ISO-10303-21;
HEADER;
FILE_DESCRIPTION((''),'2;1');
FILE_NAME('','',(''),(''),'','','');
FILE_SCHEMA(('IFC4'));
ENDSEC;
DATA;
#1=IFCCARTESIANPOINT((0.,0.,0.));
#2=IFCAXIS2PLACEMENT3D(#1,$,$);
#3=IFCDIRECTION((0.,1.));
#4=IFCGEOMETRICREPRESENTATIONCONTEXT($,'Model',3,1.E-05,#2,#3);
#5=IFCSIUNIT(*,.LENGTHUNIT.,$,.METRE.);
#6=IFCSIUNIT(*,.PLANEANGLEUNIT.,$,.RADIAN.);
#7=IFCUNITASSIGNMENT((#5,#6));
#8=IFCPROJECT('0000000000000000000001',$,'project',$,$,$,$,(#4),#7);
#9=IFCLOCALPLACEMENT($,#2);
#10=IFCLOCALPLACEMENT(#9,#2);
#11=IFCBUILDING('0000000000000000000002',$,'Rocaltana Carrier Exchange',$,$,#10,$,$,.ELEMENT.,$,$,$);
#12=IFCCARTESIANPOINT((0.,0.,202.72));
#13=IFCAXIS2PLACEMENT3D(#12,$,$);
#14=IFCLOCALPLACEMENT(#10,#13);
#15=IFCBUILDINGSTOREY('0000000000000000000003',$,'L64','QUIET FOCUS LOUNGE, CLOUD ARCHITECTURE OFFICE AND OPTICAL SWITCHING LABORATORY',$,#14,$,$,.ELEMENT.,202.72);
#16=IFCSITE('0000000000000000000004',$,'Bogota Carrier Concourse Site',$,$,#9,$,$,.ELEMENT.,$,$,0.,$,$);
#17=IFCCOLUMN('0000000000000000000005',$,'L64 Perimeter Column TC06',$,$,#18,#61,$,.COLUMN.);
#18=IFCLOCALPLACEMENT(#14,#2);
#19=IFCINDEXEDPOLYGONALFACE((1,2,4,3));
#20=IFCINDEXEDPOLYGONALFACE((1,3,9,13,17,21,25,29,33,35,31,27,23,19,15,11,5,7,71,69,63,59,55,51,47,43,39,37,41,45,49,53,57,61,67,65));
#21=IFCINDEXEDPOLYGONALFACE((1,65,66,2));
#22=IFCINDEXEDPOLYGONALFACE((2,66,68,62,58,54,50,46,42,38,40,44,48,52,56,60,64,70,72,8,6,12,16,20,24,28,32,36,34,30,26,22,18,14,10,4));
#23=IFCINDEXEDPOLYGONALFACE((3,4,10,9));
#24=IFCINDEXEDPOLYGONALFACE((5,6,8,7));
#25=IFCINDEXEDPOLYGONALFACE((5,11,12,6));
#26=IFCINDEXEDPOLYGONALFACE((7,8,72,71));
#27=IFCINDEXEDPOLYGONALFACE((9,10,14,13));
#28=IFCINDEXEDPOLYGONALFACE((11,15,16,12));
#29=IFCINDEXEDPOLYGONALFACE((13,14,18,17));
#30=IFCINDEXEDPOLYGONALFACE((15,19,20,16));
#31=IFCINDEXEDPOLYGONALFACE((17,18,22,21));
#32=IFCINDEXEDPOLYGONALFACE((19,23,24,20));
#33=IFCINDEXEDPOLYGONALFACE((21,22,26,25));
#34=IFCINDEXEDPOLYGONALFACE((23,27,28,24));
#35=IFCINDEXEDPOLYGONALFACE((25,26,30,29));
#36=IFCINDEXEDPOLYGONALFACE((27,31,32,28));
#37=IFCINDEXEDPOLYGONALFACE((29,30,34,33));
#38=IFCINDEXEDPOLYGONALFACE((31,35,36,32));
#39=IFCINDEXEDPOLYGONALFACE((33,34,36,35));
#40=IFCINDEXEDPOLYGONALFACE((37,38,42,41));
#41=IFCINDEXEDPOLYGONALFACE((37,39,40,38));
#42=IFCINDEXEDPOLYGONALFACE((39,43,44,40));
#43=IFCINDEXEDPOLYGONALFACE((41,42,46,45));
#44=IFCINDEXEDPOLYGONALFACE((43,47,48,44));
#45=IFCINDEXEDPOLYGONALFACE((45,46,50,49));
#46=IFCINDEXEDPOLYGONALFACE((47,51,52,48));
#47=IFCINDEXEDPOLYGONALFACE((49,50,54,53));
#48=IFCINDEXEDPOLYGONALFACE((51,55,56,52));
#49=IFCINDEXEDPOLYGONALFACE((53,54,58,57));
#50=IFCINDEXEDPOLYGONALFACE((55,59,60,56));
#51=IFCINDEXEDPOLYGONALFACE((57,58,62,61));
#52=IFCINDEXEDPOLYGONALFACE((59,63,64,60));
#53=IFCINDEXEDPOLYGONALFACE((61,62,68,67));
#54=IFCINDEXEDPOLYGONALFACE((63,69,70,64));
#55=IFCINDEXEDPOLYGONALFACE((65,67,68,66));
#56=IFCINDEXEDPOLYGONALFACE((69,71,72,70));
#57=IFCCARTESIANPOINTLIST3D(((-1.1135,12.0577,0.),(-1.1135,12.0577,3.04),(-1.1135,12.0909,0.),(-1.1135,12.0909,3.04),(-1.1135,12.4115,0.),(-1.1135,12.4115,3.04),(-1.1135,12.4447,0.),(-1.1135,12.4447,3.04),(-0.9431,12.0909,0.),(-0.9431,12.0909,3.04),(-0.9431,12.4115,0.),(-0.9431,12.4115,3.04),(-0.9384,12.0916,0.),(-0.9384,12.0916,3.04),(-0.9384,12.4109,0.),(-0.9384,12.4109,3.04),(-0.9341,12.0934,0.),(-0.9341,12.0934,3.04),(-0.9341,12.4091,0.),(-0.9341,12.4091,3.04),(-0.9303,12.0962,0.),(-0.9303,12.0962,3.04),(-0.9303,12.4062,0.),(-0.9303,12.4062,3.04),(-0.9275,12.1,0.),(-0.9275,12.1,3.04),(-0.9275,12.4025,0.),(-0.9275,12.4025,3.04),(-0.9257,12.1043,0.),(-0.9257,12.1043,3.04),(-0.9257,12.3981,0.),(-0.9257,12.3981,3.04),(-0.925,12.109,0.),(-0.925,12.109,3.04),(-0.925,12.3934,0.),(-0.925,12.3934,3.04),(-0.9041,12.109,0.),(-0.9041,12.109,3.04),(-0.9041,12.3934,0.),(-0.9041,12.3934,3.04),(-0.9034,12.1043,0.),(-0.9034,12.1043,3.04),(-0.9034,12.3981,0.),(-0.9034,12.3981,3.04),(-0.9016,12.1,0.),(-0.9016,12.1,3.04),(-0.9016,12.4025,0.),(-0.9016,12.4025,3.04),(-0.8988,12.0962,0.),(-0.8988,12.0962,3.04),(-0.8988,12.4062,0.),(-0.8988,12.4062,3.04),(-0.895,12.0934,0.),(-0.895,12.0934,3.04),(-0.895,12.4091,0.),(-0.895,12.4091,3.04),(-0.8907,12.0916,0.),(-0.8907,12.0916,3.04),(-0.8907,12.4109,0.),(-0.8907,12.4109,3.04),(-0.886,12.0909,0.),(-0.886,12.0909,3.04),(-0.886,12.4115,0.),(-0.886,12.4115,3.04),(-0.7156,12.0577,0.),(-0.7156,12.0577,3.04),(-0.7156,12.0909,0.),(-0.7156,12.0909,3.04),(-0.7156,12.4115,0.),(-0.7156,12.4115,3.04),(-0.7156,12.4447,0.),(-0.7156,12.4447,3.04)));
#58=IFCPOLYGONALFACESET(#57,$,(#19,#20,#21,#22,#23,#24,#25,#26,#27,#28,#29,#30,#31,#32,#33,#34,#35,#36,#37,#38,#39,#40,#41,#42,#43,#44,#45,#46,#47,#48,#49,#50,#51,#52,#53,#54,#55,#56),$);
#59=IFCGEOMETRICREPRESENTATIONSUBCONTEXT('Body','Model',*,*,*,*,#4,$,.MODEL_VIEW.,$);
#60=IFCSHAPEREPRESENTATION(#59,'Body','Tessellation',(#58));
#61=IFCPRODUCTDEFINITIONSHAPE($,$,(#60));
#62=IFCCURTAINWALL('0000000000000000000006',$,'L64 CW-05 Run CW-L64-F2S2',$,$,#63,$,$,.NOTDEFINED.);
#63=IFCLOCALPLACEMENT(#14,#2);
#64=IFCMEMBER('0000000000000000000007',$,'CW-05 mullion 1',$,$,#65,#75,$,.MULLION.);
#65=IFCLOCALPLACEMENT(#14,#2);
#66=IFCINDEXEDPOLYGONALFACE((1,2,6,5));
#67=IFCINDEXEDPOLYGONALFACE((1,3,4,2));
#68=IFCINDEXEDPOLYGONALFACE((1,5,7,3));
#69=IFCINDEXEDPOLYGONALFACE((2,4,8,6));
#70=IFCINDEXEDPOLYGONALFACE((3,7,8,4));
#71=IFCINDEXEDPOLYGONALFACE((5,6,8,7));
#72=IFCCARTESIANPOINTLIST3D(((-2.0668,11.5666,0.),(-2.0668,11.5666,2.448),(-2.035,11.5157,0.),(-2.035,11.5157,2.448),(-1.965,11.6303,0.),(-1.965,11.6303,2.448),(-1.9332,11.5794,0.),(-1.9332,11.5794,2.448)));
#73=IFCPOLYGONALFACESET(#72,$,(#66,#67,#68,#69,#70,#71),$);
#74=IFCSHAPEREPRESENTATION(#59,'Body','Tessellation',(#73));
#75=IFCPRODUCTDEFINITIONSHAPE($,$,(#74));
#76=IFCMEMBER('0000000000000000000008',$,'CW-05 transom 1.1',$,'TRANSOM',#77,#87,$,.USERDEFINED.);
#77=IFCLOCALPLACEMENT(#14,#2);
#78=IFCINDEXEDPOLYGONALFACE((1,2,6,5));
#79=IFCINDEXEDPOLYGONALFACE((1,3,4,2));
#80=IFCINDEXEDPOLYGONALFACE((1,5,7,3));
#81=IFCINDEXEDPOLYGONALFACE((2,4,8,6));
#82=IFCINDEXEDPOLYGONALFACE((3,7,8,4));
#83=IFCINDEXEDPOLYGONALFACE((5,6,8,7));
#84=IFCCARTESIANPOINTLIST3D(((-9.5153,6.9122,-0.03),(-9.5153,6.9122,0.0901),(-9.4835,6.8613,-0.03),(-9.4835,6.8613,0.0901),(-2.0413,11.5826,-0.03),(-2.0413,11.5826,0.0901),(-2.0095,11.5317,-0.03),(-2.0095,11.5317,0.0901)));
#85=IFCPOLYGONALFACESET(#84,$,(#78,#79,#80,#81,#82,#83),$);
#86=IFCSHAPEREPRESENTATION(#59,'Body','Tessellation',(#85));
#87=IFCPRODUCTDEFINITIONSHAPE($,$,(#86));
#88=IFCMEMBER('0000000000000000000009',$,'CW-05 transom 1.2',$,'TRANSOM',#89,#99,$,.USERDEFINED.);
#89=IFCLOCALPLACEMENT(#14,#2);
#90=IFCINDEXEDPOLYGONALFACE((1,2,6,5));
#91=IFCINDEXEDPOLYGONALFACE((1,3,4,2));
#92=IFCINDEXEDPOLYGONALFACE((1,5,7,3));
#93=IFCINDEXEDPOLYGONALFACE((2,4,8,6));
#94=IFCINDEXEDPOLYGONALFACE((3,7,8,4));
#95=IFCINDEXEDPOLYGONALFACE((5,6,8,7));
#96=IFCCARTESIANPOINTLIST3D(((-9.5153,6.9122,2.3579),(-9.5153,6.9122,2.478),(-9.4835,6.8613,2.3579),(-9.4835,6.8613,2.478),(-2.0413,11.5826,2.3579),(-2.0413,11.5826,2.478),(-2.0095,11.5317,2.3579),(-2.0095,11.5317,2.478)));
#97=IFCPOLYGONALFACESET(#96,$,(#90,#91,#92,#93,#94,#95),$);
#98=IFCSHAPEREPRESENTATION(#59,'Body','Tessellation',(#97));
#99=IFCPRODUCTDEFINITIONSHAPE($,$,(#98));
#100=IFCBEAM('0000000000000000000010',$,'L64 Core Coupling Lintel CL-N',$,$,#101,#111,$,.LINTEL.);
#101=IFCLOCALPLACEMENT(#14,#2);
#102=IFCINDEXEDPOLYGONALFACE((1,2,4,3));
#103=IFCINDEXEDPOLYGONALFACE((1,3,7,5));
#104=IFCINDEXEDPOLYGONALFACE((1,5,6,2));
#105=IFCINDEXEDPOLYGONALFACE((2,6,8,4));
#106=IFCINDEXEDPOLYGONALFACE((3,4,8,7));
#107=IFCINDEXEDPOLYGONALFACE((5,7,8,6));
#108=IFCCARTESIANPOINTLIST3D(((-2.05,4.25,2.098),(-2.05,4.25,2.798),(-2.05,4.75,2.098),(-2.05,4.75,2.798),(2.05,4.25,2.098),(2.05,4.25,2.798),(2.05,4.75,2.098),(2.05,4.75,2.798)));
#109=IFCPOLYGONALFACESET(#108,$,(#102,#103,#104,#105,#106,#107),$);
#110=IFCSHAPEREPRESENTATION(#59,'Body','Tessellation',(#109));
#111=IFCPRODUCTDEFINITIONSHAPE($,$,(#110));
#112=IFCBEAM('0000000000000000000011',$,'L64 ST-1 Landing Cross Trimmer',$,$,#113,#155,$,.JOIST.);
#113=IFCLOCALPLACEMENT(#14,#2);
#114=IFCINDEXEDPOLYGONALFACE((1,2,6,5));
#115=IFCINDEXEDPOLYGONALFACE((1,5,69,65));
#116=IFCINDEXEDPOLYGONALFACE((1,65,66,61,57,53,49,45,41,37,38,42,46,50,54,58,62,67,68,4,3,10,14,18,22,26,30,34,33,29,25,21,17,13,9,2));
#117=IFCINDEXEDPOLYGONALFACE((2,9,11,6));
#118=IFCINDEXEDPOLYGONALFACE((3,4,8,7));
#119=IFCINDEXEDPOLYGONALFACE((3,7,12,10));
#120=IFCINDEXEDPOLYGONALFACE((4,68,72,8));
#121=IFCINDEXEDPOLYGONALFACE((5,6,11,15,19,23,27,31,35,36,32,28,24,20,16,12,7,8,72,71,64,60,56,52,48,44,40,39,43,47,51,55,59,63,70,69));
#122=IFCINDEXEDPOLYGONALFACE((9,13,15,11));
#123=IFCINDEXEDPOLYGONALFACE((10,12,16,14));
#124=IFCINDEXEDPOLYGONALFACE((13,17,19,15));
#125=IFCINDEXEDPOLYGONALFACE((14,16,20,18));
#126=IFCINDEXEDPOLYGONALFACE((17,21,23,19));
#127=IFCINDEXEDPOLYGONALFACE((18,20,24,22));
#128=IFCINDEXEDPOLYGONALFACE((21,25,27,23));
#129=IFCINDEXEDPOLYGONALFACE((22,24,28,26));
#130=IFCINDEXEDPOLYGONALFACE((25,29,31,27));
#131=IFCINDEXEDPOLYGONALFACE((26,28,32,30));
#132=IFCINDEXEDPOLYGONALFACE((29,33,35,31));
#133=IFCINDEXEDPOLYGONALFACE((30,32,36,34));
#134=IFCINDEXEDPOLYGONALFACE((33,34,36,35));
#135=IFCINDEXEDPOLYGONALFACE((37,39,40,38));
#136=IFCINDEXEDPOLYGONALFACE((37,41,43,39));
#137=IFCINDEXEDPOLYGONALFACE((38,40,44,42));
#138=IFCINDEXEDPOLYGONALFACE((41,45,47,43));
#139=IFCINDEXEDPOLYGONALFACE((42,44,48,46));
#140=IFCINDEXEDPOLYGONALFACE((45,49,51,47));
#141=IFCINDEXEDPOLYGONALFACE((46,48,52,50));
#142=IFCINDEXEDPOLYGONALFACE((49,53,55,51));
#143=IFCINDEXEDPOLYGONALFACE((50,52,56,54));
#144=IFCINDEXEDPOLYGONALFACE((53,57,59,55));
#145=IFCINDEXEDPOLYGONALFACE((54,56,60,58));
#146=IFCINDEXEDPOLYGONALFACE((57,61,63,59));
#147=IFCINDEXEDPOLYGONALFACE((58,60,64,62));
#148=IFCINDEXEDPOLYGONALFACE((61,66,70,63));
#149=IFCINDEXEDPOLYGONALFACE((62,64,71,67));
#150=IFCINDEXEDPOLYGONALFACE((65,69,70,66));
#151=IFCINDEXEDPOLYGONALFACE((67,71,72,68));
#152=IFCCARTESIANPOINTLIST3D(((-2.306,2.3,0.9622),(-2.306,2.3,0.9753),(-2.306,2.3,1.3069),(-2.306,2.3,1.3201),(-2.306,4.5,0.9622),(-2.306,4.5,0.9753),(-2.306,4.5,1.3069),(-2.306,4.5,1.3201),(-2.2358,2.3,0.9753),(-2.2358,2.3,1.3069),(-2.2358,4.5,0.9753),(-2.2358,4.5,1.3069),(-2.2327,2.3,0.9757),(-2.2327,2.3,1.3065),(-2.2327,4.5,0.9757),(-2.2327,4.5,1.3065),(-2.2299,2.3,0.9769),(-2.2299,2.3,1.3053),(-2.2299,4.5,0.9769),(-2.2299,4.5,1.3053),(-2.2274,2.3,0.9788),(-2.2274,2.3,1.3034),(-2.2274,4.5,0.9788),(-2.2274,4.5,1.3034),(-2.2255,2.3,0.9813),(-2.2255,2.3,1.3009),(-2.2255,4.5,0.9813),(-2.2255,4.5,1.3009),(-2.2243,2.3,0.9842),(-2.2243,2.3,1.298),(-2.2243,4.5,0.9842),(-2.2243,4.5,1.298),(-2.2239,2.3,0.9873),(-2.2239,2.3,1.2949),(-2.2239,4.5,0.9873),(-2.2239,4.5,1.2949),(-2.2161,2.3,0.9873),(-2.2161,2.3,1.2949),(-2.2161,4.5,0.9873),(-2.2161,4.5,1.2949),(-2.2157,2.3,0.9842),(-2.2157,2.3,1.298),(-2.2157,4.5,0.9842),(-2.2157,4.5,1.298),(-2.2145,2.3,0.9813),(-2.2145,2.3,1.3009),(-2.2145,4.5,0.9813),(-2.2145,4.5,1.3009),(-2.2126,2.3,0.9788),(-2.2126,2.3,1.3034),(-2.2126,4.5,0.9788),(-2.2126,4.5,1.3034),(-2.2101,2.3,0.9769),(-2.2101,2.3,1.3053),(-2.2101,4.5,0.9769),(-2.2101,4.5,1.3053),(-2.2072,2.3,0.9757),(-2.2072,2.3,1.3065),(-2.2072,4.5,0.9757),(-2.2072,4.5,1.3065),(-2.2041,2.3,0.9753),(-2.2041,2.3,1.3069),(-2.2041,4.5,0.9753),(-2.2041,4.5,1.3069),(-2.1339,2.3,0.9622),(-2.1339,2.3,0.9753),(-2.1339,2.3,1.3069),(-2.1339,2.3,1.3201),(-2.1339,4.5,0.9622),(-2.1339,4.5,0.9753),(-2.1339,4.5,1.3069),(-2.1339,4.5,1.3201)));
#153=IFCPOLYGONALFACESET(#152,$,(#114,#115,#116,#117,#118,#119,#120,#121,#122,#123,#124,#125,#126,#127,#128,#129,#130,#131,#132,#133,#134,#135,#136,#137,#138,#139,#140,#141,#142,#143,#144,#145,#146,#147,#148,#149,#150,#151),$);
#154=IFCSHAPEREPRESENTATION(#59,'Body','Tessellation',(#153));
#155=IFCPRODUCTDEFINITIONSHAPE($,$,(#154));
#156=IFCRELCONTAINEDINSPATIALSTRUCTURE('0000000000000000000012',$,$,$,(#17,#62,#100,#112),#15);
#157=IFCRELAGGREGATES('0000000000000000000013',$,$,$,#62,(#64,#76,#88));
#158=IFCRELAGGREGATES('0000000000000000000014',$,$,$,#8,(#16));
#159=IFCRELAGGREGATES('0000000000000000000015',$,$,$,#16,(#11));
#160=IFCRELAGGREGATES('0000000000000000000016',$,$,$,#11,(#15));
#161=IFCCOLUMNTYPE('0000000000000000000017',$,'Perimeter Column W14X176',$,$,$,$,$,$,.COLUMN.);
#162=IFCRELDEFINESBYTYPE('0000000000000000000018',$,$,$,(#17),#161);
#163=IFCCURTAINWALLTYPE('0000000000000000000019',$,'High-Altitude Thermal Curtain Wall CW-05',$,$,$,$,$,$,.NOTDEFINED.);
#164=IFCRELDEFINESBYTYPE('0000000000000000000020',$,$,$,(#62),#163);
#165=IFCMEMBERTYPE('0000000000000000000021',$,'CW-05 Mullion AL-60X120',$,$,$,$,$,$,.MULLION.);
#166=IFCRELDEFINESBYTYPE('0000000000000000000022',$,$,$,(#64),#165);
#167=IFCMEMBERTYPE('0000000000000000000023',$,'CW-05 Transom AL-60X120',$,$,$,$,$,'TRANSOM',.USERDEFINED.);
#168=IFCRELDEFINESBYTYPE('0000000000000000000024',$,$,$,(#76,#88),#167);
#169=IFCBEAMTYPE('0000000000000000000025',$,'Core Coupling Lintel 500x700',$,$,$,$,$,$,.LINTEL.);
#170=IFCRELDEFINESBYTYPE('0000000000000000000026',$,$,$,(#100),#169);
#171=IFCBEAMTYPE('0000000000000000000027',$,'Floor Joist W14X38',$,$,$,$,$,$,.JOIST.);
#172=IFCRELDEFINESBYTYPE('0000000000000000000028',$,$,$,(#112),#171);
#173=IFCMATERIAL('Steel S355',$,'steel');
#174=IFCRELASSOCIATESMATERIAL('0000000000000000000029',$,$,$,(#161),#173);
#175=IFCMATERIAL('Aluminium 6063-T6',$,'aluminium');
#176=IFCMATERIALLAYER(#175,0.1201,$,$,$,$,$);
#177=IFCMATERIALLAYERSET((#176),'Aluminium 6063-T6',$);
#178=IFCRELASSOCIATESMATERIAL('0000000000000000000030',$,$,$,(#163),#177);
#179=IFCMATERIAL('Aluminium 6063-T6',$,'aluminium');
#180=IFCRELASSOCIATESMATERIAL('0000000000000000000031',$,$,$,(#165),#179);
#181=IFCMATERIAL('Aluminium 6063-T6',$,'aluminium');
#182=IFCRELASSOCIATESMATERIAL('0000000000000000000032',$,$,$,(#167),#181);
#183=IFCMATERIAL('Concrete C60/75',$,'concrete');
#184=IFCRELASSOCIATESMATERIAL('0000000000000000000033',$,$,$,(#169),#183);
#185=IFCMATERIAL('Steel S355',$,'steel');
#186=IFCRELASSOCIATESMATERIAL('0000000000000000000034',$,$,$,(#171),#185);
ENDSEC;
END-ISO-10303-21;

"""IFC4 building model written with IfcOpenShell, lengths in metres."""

from ifc_helpers import new_model, si_unit, direction, frame, origin, origin_2d, place, context, subcontext, project, spatial, rectangle, i_section, extrude, material, layer, layer_set, material_profile, profile_set, type_object, element, aggregate, save


model = new_model("IFC4")

# Units and contexts
model_context = context("Model", 3, precision=1e-05, world=origin(), true_north=direction((0.0, 1.0)))
body_context = subcontext(model_context, "Body", "Model", "MODEL_VIEW")
ifc_project = project(units=[si_unit("LENGTHUNIT", "METRE"), si_unit("PLANEANGLEUNIT", "RADIAN")], contexts=[model_context])

# Site, building, storey
site_placement = place(None, origin())
site = spatial("IfcSite", under=ifc_project, at=site_placement, Name="Bogota Carrier Concourse Site", CompositionType="ELEMENT", RefElevation=0.0)
building_placement = place(site_placement, origin())
building = spatial("IfcBuilding", under=site, at=building_placement, Name="Rocaltana Carrier Exchange", CompositionType="ELEMENT")
storey_placement = place(building_placement, frame((0.0, 0.0, 202.72)))
storey = spatial("IfcBuildingStorey", under=building, at=storey_placement, Name="L64", Description="QUIET FOCUS LOUNGE, CLOUD ARCHITECTURE OFFICE AND OPTICAL SWITCHING LABORATORY", CompositionType="ELEMENT", Elevation=202.72)

# Column
ifc_material_1 = material(Name="Steel S355", Category="steel")
ifc_material_profile_1 = material_profile(ifc_material_1, i_section(OverallWidth=0.3979, OverallDepth=0.387, WebThickness=0.021, FlangeThickness=0.0332, FilletRadius=0.0181, at=origin_2d()), Name="W14X176")
ifc_profile_set_1 = profile_set([ifc_material_profile_1], Name="Steel S355")
column_type = type_object("IfcColumnType", Name="Perimeter Column W14X176", PredefinedType="COLUMN", material=ifc_profile_set_1)
column_placement = place(storey_placement, frame((-0.9146, 12.2512, 0.0), z_axis=(0.0, 0.0, 1.0), x_axis=(1.0, 0.0, 0.0)))
element("IfcColumn", 1, at=column_placement, inside=storey, type_object=column_type, Name="L64 Perimeter Column TC06", PredefinedType="COLUMN", context=body_context, shape_type="SweptSolid", body=[
    extrude(i_section(OverallWidth=0.3979, OverallDepth=0.387, WebThickness=0.021, FlangeThickness=0.0332, FilletRadius=0.0181, at=origin_2d()), origin(), (0.0, 0.0, 1.0), 3.04),
])

# Curtain wall, members
ifc_material_2 = material(Name="Aluminium 6063-T6", Category="aluminium")
ifc_layer_1 = layer(ifc_material_2, 0.1201)
ifc_layer_set_1 = layer_set([ifc_layer_1], Name="Aluminium 6063-T6")
curtain_wall_type = type_object("IfcCurtainWallType", Name="High-Altitude Thermal Curtain Wall CW-05", PredefinedType="NOTDEFINED", material=ifc_layer_set_1)
curtain_wall_placement = place(storey_placement, origin())
curtain_wall = element("IfcCurtainWall", 2, at=curtain_wall_placement, inside=storey, type_object=curtain_wall_type, Name="L64 CW-05 Run CW-L64-F2S2", PredefinedType="NOTDEFINED")
ifc_material_3 = material(Name="Aluminium 6063-T6", Category="aluminium")
ifc_material_profile_2 = material_profile(ifc_material_3, rectangle(XDim=0.0601, YDim=0.1201, at=origin_2d()), Name="AL-60X120")
ifc_profile_set_2 = profile_set([ifc_material_profile_2], Name="Aluminium 6063-T6")
member_type_1 = type_object("IfcMemberType", Name="CW-05 Mullion AL-60X120", PredefinedType="MULLION", material=ifc_profile_set_2)
member_1_placement = place(storey_placement, frame((-2.0, 11.573, 0.0), z_axis=(0.0, 0.0, 1.0), x_axis=(0.52992, -0.848047, 0.0)))
member_1 = element("IfcMember", 3, at=member_1_placement, type_object=member_type_1, Name="CW-05 mullion 1", PredefinedType="MULLION", context=body_context, shape_type="SweptSolid", body=[
    extrude(rectangle(XDim=0.0601, YDim=0.1201, at=origin_2d()), origin(), (0.0, 0.0, 1.0), 2.448),
])
ifc_material_4 = material(Name="Aluminium 6063-T6", Category="aluminium")
ifc_material_profile_3 = material_profile(ifc_material_4, rectangle(XDim=0.0601, YDim=0.1201, at=origin_2d()), Name="AL-60X120")
ifc_profile_set_3 = profile_set([ifc_material_profile_3], Name="Aluminium 6063-T6")
member_type_2 = type_object("IfcMemberType", Name="CW-05 Transom AL-60X120", ElementType="TRANSOM", PredefinedType="USERDEFINED", material=ifc_profile_set_3)
member_2_placement = place(storey_placement, frame((-2.0254, 11.5571, 0.03), z_axis=(-0.848045, -0.529924, 0.0), x_axis=(0.529924, -0.848045, 0.0)))
member_2 = element("IfcMember", 4, at=member_2_placement, type_object=member_type_2, Name="CW-05 transom 1.1", ObjectType="TRANSOM", PredefinedType="USERDEFINED", context=body_context, shape_type="SweptSolid", body=[
    extrude(rectangle(XDim=0.0601, YDim=0.1201, at=origin_2d()), origin(), (0.0, 0.0, 1.0), 8.8132),
])
member_3_placement = place(storey_placement, frame((-2.0254, 11.5571, 2.418), z_axis=(-0.848045, -0.529924, 0.0), x_axis=(0.529924, -0.848045, 0.0)))
member_3 = element("IfcMember", 5, at=member_3_placement, type_object=member_type_2, Name="CW-05 transom 1.2", ObjectType="TRANSOM", PredefinedType="USERDEFINED", context=body_context, shape_type="SweptSolid", body=[
    extrude(rectangle(XDim=0.0601, YDim=0.1201, at=origin_2d()), origin(), (0.0, 0.0, 1.0), 8.8132),
])

# Beams
ifc_material_5 = material(Name="Concrete C60/75", Category="concrete")
ifc_material_profile_4 = material_profile(ifc_material_5, rectangle(XDim=0.5, YDim=0.7, at=origin_2d()), Name="RC-BM-500X700")
ifc_profile_set_4 = profile_set([ifc_material_profile_4], Name="Concrete C60/75")
beam_type_1 = type_object("IfcBeamType", Name="Core Coupling Lintel 500x700", PredefinedType="LINTEL", material=ifc_profile_set_4)
beam_1_placement = place(storey_placement, frame((-2.05, 4.5, 2.448), z_axis=(1.0, 0.0, 0.0), x_axis=(0.0, 1.0, 0.0)))
element("IfcBeam", 6, at=beam_1_placement, inside=storey, type_object=beam_type_1, Name="L64 Core Coupling Lintel CL-N", PredefinedType="LINTEL", context=body_context, shape_type="SweptSolid", body=[
    extrude(rectangle(XDim=0.5, YDim=0.7, at=origin_2d()), origin(), (0.0, 0.0, 1.0), 4.1001),
])
ifc_material_6 = material(Name="Steel S355", Category="steel")
ifc_material_profile_5 = material_profile(ifc_material_6, i_section(OverallWidth=0.1721, OverallDepth=0.3579, WebThickness=0.0078, FlangeThickness=0.0132, FilletRadius=0.012, at=origin_2d()), Name="W14X38")
ifc_profile_set_5 = profile_set([ifc_material_profile_5], Name="Steel S355")
beam_type_2 = type_object("IfcBeamType", Name="Floor Joist W14X38", PredefinedType="JOIST", material=ifc_profile_set_5)
beam_2_placement = place(storey_placement, frame((-2.22, 2.3, 1.1411), z_axis=(0.0, 1.0, 0.0), x_axis=(-1.0, 0.0, 0.0)))
element("IfcBeam", 7, at=beam_2_placement, inside=storey, type_object=beam_type_2, Name="L64 ST-1 Landing Cross Trimmer", PredefinedType="JOIST", context=body_context, shape_type="SweptSolid", body=[
    extrude(i_section(OverallWidth=0.1721, OverallDepth=0.3579, WebThickness=0.0078, FlangeThickness=0.0132, FilletRadius=0.012, at=origin_2d()), origin(), (0.0, 0.0, 1.0), 2.2),
])

aggregate(curtain_wall, [member_1, member_2, member_3])

save(model, "model.ifc")
